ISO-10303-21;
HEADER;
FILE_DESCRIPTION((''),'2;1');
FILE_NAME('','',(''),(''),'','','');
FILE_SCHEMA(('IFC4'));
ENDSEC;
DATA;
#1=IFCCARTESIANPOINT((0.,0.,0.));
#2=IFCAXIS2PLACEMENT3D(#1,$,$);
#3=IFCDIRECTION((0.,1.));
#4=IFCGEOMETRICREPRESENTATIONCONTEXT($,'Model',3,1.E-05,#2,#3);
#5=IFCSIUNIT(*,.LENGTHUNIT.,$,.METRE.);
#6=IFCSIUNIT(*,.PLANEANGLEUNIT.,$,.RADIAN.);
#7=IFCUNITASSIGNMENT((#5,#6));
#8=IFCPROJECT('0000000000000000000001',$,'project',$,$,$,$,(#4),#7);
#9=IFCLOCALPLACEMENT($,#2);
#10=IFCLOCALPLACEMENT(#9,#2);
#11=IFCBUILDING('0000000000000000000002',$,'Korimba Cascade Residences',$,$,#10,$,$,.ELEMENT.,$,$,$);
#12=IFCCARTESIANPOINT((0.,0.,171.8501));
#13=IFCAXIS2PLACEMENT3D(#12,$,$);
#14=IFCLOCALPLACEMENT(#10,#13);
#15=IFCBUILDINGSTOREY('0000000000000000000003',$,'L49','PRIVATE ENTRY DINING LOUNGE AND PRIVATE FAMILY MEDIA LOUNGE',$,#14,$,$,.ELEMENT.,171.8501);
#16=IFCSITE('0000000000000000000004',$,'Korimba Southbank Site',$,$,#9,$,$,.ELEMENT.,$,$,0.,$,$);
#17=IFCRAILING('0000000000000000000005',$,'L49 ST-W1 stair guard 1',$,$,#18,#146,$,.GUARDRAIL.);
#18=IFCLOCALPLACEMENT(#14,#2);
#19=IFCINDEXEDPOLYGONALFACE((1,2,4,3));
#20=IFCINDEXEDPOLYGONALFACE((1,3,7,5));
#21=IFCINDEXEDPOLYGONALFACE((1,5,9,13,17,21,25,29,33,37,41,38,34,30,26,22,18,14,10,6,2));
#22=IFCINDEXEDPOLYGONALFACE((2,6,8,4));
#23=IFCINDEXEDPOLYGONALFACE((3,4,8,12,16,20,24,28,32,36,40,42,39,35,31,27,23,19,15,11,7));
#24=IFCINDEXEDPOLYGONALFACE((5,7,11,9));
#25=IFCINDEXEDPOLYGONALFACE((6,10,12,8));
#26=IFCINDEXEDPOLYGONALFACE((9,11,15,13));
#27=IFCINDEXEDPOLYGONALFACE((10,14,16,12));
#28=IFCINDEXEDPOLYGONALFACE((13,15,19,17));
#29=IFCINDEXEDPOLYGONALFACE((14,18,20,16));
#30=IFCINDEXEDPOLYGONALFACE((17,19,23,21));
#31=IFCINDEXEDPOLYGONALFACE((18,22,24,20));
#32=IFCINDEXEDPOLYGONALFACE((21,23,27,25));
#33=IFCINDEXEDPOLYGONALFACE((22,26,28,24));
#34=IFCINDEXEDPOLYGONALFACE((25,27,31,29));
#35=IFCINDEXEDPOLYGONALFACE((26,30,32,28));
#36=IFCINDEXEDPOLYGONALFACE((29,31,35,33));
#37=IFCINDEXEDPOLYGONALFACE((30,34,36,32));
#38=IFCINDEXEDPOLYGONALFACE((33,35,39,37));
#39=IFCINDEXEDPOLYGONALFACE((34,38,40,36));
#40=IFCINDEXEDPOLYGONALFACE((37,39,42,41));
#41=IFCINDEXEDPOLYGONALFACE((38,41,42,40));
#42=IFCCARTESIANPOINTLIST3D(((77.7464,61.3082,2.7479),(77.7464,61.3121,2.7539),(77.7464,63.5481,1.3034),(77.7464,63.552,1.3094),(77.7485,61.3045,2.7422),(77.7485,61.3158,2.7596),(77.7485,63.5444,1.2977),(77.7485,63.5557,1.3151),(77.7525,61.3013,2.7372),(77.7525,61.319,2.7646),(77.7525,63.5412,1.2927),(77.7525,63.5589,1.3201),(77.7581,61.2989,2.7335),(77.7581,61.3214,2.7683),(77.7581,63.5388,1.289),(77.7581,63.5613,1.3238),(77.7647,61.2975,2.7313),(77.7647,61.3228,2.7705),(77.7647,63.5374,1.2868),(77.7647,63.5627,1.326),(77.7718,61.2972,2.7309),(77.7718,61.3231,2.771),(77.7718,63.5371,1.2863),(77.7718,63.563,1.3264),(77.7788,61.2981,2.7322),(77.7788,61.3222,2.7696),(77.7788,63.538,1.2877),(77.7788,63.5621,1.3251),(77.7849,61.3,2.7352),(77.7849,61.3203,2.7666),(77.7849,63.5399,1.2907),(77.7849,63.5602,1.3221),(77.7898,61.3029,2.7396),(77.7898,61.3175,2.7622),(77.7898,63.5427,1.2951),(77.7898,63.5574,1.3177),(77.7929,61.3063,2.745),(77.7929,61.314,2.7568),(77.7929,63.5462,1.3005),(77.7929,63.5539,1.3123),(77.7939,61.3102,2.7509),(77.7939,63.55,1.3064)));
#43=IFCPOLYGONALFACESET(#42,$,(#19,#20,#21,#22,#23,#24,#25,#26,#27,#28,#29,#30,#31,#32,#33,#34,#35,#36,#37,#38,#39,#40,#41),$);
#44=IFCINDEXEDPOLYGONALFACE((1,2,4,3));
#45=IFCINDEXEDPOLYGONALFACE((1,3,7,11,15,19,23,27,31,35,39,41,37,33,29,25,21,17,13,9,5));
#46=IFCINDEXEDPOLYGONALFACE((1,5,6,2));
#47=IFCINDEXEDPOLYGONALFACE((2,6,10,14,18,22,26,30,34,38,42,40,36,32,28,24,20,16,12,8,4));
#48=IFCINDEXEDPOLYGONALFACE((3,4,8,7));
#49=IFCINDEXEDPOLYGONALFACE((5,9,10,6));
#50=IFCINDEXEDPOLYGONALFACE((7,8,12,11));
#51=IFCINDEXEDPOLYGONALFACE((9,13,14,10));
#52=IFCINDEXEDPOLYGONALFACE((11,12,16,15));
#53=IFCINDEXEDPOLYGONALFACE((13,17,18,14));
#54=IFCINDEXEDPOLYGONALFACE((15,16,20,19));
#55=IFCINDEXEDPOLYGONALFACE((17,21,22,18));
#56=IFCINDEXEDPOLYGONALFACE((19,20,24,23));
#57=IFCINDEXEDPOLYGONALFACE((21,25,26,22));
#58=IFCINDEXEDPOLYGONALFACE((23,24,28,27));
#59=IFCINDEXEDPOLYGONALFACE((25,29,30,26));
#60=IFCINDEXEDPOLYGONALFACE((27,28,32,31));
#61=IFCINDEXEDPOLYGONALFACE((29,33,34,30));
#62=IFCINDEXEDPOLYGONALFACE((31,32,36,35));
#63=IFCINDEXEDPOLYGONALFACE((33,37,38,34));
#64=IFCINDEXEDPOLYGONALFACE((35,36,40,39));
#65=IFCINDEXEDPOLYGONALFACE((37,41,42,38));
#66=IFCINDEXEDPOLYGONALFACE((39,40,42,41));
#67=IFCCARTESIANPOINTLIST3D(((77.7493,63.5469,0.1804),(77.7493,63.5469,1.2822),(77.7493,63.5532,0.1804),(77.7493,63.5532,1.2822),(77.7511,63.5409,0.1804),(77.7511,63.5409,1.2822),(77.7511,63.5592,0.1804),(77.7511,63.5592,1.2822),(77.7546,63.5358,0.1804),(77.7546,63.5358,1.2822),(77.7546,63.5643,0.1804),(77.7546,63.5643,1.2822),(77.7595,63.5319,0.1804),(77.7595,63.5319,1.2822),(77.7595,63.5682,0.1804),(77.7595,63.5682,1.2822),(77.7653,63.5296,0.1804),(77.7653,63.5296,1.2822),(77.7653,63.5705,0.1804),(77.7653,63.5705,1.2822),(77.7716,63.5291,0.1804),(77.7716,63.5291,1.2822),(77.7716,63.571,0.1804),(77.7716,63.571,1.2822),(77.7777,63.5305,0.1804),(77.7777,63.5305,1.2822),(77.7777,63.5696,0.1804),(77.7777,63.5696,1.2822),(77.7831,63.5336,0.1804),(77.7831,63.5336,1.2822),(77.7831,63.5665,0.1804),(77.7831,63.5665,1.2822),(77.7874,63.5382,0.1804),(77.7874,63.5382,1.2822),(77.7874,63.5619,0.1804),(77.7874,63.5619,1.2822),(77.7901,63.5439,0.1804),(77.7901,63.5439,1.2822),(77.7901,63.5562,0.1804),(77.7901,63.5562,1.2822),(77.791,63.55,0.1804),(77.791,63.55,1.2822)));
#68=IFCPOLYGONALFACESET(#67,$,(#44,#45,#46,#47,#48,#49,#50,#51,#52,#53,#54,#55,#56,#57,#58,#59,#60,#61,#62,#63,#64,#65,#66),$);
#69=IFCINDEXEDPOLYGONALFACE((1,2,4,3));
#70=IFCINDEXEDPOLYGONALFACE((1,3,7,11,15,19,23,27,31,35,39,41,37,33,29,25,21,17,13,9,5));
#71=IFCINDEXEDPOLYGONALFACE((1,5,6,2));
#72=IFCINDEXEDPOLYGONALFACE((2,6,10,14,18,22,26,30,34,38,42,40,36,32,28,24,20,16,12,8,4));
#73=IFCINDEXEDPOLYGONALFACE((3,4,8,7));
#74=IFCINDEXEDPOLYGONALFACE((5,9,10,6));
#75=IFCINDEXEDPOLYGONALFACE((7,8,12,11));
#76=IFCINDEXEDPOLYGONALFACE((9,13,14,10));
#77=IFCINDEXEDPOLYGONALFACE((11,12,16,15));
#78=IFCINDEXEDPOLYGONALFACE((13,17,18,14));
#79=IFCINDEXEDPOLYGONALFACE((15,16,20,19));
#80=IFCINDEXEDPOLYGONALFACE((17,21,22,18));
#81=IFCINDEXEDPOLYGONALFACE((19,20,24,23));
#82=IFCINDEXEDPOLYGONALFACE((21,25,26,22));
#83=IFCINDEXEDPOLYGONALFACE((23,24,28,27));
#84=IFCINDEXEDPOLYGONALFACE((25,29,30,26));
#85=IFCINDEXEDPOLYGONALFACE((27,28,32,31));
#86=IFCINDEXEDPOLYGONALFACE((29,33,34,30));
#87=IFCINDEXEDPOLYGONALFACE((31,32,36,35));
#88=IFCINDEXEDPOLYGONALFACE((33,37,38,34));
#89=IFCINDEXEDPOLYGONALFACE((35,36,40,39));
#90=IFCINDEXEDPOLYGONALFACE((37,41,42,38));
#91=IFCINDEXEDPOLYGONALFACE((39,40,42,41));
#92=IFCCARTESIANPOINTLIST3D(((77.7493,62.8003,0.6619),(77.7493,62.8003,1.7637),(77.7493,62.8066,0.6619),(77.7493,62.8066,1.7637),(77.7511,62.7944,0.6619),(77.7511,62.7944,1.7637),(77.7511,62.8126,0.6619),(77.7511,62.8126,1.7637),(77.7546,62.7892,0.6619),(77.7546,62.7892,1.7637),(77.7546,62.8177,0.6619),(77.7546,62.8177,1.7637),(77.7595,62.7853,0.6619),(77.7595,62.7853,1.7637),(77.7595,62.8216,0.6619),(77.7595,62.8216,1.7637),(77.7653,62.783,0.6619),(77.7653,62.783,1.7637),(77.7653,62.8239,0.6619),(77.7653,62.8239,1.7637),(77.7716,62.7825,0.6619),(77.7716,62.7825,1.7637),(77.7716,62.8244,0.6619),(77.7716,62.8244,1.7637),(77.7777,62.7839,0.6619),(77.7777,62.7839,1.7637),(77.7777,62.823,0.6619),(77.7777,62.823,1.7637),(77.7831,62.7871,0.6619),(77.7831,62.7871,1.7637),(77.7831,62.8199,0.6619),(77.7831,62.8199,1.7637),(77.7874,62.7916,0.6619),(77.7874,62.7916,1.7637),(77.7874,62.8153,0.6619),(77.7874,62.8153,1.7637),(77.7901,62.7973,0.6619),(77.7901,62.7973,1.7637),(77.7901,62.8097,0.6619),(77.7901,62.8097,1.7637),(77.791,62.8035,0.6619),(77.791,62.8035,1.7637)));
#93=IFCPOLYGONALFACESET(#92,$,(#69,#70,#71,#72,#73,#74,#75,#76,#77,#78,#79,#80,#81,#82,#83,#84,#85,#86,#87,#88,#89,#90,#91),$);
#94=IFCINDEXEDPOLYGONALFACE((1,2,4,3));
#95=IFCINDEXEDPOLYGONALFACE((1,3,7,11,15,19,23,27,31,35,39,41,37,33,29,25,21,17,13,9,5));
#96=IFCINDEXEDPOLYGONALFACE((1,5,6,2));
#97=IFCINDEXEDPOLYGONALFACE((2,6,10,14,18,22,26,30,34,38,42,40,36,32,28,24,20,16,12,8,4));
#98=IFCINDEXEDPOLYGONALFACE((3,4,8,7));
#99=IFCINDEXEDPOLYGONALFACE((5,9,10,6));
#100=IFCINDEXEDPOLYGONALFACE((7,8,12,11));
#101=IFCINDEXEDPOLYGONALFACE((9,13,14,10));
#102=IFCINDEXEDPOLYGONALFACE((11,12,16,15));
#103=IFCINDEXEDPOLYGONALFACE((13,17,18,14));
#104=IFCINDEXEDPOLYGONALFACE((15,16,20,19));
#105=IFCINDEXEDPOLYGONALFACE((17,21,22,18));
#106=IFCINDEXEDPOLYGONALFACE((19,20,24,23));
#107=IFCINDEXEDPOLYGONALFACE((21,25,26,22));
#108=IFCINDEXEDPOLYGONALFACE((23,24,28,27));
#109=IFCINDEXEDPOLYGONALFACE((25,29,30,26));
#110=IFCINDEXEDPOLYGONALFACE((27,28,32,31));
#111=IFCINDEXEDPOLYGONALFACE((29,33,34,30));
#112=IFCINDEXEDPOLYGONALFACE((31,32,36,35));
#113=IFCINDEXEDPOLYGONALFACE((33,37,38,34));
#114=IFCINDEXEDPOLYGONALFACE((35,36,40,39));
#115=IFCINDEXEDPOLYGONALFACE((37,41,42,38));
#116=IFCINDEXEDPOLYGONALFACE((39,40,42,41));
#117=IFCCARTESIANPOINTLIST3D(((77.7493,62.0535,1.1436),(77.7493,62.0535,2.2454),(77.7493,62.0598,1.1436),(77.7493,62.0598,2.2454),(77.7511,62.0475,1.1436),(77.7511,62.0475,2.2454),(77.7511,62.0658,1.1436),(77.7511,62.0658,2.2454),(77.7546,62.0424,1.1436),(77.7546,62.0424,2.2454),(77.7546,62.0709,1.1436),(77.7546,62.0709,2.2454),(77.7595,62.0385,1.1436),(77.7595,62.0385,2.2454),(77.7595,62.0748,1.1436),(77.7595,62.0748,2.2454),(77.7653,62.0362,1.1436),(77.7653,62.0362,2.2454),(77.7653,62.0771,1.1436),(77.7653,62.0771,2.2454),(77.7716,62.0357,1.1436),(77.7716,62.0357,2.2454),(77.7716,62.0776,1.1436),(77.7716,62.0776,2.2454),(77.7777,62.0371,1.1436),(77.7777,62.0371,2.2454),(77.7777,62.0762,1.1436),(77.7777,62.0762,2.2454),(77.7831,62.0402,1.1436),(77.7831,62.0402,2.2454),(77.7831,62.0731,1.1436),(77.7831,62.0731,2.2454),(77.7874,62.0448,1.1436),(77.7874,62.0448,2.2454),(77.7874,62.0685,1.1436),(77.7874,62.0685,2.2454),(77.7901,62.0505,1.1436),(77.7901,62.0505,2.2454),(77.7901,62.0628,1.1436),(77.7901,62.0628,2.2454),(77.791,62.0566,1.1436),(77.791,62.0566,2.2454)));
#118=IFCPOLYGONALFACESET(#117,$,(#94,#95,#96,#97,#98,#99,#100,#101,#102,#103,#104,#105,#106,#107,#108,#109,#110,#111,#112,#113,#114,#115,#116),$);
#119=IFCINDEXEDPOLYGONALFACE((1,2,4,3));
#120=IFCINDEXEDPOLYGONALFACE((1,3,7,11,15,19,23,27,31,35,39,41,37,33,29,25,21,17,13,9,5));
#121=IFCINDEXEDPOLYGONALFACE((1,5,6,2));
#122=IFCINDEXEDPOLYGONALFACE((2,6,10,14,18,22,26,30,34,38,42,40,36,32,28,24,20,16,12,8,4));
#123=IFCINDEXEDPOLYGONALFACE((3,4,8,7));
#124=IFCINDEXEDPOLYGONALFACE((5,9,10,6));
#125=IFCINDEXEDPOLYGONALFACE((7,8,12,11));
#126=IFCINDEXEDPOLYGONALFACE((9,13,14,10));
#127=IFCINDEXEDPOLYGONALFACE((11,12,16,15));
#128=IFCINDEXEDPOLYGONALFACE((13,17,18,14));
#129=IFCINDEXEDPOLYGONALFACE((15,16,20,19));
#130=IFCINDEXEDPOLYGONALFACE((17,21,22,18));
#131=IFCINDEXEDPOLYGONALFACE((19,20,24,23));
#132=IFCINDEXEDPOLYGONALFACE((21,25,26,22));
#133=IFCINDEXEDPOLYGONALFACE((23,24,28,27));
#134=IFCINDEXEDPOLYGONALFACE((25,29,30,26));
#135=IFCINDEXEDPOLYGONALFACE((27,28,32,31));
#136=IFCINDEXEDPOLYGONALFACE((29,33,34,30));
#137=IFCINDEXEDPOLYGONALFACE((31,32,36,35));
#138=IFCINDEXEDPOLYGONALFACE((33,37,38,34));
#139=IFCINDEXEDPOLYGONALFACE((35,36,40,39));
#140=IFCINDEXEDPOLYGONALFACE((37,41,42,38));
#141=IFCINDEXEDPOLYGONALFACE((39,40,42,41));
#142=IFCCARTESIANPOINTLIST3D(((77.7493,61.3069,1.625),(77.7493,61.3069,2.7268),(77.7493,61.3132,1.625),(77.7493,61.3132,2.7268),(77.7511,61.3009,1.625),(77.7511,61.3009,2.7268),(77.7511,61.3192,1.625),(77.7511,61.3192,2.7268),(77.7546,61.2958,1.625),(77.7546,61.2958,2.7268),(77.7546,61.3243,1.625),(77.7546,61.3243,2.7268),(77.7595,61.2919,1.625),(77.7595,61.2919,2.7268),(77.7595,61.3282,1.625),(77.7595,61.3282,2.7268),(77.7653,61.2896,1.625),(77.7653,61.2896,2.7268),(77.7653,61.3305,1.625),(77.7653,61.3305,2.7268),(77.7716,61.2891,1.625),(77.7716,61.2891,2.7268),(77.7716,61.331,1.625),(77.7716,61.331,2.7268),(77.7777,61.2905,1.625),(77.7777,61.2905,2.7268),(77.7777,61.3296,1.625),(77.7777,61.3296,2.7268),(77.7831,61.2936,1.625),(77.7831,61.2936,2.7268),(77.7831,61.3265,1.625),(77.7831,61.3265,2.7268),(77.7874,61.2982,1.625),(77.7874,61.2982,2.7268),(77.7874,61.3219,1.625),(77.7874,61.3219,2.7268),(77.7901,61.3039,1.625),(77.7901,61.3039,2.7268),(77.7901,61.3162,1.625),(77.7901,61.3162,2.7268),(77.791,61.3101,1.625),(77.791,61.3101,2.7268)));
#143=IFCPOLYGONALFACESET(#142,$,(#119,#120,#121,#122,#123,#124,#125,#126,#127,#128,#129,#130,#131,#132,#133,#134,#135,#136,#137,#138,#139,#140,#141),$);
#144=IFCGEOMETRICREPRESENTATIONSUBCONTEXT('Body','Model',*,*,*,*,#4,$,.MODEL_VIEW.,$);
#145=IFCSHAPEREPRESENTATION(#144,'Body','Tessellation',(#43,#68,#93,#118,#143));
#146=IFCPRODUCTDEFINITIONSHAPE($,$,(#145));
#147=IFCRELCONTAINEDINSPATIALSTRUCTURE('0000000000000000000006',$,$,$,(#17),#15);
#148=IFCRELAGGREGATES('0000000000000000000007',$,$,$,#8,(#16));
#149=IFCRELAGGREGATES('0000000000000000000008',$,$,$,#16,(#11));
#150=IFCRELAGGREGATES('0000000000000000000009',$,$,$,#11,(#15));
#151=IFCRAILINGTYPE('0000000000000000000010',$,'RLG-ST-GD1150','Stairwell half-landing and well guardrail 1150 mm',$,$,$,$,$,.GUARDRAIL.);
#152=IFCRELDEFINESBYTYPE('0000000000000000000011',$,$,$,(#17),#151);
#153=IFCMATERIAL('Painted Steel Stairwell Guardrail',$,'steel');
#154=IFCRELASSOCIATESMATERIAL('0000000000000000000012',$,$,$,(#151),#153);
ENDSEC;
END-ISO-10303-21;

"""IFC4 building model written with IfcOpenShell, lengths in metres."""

from ifc_helpers import new_model, si_unit, direction, frame, origin, origin_2d, place, context, subcontext, project, spatial, circle, extrude, material, type_object, element, save


model = new_model("IFC4")

# Units and contexts
model_context = context("Model", 3, precision=1e-05, world=origin(), true_north=direction((0.0, 1.0)))
body_context = subcontext(model_context, "Body", "Model", "MODEL_VIEW")
ifc_project = project(units=[si_unit("LENGTHUNIT", "METRE"), si_unit("PLANEANGLEUNIT", "RADIAN")], contexts=[model_context])

# Site, building, storey
site_placement = place(None, origin())
site = spatial("IfcSite", under=ifc_project, at=site_placement, Name="Korimba Southbank Site", CompositionType="ELEMENT", RefElevation=0.0)
building_placement = place(site_placement, origin())
building = spatial("IfcBuilding", under=site, at=building_placement, Name="Korimba Cascade Residences", CompositionType="ELEMENT")
storey_placement = place(building_placement, frame((0.0, 0.0, 171.8501)))
storey = spatial("IfcBuildingStorey", under=building, at=storey_placement, Name="L49", Description="PRIVATE ENTRY DINING LOUNGE AND PRIVATE FAMILY MEDIA LOUNGE", CompositionType="ELEMENT", Elevation=171.8501)

# Railing
ifc_material_1 = material(Name="Painted Steel Stairwell Guardrail", Category="steel")
railing_type_1 = type_object("IfcRailingType", Name="RLG-ST-GD1150", Description="Stairwell half-landing and well guardrail 1150 mm", PredefinedType="GUARDRAIL", material=ifc_material_1)
railing_1_placement = place(storey_placement, frame((77.77, 63.55, 0.1804)))
element("IfcRailing", 1, at=railing_1_placement, inside=storey, type_object=railing_type_1, Name="L49 ST-W1 stair guard 1", PredefinedType="GUARDRAIL", context=body_context, shape_type="SweptSolid", body=[
    extrude(circle(Radius=0.0239, at=origin_2d()), frame((0.0, 0.0, 1.126), z_axis=(0.0, -0.840395, 0.541975), x_axis=(1.0, 0.0, 0.0)), (0.0, 0.0, 1.0), 2.6653),
    extrude(circle(Radius=0.021, at=origin_2d()), origin(), (0.0, 0.0, 1.0), 1.1018),
    extrude(circle(Radius=0.021, at=origin_2d()), frame((0.0, -0.7466, 0.4814)), (0.0, 0.0, 1.0), 1.1018),
    extrude(circle(Radius=0.021, at=origin_2d()), frame((0.0, -1.4934, 0.9631)), (0.0, 0.0, 1.0), 1.1018),
    extrude(circle(Radius=0.021, at=origin_2d()), frame((0.0, -2.24, 1.4446)), (0.0, 0.0, 1.0), 1.1018),
])

save(model, "model.ifc")
